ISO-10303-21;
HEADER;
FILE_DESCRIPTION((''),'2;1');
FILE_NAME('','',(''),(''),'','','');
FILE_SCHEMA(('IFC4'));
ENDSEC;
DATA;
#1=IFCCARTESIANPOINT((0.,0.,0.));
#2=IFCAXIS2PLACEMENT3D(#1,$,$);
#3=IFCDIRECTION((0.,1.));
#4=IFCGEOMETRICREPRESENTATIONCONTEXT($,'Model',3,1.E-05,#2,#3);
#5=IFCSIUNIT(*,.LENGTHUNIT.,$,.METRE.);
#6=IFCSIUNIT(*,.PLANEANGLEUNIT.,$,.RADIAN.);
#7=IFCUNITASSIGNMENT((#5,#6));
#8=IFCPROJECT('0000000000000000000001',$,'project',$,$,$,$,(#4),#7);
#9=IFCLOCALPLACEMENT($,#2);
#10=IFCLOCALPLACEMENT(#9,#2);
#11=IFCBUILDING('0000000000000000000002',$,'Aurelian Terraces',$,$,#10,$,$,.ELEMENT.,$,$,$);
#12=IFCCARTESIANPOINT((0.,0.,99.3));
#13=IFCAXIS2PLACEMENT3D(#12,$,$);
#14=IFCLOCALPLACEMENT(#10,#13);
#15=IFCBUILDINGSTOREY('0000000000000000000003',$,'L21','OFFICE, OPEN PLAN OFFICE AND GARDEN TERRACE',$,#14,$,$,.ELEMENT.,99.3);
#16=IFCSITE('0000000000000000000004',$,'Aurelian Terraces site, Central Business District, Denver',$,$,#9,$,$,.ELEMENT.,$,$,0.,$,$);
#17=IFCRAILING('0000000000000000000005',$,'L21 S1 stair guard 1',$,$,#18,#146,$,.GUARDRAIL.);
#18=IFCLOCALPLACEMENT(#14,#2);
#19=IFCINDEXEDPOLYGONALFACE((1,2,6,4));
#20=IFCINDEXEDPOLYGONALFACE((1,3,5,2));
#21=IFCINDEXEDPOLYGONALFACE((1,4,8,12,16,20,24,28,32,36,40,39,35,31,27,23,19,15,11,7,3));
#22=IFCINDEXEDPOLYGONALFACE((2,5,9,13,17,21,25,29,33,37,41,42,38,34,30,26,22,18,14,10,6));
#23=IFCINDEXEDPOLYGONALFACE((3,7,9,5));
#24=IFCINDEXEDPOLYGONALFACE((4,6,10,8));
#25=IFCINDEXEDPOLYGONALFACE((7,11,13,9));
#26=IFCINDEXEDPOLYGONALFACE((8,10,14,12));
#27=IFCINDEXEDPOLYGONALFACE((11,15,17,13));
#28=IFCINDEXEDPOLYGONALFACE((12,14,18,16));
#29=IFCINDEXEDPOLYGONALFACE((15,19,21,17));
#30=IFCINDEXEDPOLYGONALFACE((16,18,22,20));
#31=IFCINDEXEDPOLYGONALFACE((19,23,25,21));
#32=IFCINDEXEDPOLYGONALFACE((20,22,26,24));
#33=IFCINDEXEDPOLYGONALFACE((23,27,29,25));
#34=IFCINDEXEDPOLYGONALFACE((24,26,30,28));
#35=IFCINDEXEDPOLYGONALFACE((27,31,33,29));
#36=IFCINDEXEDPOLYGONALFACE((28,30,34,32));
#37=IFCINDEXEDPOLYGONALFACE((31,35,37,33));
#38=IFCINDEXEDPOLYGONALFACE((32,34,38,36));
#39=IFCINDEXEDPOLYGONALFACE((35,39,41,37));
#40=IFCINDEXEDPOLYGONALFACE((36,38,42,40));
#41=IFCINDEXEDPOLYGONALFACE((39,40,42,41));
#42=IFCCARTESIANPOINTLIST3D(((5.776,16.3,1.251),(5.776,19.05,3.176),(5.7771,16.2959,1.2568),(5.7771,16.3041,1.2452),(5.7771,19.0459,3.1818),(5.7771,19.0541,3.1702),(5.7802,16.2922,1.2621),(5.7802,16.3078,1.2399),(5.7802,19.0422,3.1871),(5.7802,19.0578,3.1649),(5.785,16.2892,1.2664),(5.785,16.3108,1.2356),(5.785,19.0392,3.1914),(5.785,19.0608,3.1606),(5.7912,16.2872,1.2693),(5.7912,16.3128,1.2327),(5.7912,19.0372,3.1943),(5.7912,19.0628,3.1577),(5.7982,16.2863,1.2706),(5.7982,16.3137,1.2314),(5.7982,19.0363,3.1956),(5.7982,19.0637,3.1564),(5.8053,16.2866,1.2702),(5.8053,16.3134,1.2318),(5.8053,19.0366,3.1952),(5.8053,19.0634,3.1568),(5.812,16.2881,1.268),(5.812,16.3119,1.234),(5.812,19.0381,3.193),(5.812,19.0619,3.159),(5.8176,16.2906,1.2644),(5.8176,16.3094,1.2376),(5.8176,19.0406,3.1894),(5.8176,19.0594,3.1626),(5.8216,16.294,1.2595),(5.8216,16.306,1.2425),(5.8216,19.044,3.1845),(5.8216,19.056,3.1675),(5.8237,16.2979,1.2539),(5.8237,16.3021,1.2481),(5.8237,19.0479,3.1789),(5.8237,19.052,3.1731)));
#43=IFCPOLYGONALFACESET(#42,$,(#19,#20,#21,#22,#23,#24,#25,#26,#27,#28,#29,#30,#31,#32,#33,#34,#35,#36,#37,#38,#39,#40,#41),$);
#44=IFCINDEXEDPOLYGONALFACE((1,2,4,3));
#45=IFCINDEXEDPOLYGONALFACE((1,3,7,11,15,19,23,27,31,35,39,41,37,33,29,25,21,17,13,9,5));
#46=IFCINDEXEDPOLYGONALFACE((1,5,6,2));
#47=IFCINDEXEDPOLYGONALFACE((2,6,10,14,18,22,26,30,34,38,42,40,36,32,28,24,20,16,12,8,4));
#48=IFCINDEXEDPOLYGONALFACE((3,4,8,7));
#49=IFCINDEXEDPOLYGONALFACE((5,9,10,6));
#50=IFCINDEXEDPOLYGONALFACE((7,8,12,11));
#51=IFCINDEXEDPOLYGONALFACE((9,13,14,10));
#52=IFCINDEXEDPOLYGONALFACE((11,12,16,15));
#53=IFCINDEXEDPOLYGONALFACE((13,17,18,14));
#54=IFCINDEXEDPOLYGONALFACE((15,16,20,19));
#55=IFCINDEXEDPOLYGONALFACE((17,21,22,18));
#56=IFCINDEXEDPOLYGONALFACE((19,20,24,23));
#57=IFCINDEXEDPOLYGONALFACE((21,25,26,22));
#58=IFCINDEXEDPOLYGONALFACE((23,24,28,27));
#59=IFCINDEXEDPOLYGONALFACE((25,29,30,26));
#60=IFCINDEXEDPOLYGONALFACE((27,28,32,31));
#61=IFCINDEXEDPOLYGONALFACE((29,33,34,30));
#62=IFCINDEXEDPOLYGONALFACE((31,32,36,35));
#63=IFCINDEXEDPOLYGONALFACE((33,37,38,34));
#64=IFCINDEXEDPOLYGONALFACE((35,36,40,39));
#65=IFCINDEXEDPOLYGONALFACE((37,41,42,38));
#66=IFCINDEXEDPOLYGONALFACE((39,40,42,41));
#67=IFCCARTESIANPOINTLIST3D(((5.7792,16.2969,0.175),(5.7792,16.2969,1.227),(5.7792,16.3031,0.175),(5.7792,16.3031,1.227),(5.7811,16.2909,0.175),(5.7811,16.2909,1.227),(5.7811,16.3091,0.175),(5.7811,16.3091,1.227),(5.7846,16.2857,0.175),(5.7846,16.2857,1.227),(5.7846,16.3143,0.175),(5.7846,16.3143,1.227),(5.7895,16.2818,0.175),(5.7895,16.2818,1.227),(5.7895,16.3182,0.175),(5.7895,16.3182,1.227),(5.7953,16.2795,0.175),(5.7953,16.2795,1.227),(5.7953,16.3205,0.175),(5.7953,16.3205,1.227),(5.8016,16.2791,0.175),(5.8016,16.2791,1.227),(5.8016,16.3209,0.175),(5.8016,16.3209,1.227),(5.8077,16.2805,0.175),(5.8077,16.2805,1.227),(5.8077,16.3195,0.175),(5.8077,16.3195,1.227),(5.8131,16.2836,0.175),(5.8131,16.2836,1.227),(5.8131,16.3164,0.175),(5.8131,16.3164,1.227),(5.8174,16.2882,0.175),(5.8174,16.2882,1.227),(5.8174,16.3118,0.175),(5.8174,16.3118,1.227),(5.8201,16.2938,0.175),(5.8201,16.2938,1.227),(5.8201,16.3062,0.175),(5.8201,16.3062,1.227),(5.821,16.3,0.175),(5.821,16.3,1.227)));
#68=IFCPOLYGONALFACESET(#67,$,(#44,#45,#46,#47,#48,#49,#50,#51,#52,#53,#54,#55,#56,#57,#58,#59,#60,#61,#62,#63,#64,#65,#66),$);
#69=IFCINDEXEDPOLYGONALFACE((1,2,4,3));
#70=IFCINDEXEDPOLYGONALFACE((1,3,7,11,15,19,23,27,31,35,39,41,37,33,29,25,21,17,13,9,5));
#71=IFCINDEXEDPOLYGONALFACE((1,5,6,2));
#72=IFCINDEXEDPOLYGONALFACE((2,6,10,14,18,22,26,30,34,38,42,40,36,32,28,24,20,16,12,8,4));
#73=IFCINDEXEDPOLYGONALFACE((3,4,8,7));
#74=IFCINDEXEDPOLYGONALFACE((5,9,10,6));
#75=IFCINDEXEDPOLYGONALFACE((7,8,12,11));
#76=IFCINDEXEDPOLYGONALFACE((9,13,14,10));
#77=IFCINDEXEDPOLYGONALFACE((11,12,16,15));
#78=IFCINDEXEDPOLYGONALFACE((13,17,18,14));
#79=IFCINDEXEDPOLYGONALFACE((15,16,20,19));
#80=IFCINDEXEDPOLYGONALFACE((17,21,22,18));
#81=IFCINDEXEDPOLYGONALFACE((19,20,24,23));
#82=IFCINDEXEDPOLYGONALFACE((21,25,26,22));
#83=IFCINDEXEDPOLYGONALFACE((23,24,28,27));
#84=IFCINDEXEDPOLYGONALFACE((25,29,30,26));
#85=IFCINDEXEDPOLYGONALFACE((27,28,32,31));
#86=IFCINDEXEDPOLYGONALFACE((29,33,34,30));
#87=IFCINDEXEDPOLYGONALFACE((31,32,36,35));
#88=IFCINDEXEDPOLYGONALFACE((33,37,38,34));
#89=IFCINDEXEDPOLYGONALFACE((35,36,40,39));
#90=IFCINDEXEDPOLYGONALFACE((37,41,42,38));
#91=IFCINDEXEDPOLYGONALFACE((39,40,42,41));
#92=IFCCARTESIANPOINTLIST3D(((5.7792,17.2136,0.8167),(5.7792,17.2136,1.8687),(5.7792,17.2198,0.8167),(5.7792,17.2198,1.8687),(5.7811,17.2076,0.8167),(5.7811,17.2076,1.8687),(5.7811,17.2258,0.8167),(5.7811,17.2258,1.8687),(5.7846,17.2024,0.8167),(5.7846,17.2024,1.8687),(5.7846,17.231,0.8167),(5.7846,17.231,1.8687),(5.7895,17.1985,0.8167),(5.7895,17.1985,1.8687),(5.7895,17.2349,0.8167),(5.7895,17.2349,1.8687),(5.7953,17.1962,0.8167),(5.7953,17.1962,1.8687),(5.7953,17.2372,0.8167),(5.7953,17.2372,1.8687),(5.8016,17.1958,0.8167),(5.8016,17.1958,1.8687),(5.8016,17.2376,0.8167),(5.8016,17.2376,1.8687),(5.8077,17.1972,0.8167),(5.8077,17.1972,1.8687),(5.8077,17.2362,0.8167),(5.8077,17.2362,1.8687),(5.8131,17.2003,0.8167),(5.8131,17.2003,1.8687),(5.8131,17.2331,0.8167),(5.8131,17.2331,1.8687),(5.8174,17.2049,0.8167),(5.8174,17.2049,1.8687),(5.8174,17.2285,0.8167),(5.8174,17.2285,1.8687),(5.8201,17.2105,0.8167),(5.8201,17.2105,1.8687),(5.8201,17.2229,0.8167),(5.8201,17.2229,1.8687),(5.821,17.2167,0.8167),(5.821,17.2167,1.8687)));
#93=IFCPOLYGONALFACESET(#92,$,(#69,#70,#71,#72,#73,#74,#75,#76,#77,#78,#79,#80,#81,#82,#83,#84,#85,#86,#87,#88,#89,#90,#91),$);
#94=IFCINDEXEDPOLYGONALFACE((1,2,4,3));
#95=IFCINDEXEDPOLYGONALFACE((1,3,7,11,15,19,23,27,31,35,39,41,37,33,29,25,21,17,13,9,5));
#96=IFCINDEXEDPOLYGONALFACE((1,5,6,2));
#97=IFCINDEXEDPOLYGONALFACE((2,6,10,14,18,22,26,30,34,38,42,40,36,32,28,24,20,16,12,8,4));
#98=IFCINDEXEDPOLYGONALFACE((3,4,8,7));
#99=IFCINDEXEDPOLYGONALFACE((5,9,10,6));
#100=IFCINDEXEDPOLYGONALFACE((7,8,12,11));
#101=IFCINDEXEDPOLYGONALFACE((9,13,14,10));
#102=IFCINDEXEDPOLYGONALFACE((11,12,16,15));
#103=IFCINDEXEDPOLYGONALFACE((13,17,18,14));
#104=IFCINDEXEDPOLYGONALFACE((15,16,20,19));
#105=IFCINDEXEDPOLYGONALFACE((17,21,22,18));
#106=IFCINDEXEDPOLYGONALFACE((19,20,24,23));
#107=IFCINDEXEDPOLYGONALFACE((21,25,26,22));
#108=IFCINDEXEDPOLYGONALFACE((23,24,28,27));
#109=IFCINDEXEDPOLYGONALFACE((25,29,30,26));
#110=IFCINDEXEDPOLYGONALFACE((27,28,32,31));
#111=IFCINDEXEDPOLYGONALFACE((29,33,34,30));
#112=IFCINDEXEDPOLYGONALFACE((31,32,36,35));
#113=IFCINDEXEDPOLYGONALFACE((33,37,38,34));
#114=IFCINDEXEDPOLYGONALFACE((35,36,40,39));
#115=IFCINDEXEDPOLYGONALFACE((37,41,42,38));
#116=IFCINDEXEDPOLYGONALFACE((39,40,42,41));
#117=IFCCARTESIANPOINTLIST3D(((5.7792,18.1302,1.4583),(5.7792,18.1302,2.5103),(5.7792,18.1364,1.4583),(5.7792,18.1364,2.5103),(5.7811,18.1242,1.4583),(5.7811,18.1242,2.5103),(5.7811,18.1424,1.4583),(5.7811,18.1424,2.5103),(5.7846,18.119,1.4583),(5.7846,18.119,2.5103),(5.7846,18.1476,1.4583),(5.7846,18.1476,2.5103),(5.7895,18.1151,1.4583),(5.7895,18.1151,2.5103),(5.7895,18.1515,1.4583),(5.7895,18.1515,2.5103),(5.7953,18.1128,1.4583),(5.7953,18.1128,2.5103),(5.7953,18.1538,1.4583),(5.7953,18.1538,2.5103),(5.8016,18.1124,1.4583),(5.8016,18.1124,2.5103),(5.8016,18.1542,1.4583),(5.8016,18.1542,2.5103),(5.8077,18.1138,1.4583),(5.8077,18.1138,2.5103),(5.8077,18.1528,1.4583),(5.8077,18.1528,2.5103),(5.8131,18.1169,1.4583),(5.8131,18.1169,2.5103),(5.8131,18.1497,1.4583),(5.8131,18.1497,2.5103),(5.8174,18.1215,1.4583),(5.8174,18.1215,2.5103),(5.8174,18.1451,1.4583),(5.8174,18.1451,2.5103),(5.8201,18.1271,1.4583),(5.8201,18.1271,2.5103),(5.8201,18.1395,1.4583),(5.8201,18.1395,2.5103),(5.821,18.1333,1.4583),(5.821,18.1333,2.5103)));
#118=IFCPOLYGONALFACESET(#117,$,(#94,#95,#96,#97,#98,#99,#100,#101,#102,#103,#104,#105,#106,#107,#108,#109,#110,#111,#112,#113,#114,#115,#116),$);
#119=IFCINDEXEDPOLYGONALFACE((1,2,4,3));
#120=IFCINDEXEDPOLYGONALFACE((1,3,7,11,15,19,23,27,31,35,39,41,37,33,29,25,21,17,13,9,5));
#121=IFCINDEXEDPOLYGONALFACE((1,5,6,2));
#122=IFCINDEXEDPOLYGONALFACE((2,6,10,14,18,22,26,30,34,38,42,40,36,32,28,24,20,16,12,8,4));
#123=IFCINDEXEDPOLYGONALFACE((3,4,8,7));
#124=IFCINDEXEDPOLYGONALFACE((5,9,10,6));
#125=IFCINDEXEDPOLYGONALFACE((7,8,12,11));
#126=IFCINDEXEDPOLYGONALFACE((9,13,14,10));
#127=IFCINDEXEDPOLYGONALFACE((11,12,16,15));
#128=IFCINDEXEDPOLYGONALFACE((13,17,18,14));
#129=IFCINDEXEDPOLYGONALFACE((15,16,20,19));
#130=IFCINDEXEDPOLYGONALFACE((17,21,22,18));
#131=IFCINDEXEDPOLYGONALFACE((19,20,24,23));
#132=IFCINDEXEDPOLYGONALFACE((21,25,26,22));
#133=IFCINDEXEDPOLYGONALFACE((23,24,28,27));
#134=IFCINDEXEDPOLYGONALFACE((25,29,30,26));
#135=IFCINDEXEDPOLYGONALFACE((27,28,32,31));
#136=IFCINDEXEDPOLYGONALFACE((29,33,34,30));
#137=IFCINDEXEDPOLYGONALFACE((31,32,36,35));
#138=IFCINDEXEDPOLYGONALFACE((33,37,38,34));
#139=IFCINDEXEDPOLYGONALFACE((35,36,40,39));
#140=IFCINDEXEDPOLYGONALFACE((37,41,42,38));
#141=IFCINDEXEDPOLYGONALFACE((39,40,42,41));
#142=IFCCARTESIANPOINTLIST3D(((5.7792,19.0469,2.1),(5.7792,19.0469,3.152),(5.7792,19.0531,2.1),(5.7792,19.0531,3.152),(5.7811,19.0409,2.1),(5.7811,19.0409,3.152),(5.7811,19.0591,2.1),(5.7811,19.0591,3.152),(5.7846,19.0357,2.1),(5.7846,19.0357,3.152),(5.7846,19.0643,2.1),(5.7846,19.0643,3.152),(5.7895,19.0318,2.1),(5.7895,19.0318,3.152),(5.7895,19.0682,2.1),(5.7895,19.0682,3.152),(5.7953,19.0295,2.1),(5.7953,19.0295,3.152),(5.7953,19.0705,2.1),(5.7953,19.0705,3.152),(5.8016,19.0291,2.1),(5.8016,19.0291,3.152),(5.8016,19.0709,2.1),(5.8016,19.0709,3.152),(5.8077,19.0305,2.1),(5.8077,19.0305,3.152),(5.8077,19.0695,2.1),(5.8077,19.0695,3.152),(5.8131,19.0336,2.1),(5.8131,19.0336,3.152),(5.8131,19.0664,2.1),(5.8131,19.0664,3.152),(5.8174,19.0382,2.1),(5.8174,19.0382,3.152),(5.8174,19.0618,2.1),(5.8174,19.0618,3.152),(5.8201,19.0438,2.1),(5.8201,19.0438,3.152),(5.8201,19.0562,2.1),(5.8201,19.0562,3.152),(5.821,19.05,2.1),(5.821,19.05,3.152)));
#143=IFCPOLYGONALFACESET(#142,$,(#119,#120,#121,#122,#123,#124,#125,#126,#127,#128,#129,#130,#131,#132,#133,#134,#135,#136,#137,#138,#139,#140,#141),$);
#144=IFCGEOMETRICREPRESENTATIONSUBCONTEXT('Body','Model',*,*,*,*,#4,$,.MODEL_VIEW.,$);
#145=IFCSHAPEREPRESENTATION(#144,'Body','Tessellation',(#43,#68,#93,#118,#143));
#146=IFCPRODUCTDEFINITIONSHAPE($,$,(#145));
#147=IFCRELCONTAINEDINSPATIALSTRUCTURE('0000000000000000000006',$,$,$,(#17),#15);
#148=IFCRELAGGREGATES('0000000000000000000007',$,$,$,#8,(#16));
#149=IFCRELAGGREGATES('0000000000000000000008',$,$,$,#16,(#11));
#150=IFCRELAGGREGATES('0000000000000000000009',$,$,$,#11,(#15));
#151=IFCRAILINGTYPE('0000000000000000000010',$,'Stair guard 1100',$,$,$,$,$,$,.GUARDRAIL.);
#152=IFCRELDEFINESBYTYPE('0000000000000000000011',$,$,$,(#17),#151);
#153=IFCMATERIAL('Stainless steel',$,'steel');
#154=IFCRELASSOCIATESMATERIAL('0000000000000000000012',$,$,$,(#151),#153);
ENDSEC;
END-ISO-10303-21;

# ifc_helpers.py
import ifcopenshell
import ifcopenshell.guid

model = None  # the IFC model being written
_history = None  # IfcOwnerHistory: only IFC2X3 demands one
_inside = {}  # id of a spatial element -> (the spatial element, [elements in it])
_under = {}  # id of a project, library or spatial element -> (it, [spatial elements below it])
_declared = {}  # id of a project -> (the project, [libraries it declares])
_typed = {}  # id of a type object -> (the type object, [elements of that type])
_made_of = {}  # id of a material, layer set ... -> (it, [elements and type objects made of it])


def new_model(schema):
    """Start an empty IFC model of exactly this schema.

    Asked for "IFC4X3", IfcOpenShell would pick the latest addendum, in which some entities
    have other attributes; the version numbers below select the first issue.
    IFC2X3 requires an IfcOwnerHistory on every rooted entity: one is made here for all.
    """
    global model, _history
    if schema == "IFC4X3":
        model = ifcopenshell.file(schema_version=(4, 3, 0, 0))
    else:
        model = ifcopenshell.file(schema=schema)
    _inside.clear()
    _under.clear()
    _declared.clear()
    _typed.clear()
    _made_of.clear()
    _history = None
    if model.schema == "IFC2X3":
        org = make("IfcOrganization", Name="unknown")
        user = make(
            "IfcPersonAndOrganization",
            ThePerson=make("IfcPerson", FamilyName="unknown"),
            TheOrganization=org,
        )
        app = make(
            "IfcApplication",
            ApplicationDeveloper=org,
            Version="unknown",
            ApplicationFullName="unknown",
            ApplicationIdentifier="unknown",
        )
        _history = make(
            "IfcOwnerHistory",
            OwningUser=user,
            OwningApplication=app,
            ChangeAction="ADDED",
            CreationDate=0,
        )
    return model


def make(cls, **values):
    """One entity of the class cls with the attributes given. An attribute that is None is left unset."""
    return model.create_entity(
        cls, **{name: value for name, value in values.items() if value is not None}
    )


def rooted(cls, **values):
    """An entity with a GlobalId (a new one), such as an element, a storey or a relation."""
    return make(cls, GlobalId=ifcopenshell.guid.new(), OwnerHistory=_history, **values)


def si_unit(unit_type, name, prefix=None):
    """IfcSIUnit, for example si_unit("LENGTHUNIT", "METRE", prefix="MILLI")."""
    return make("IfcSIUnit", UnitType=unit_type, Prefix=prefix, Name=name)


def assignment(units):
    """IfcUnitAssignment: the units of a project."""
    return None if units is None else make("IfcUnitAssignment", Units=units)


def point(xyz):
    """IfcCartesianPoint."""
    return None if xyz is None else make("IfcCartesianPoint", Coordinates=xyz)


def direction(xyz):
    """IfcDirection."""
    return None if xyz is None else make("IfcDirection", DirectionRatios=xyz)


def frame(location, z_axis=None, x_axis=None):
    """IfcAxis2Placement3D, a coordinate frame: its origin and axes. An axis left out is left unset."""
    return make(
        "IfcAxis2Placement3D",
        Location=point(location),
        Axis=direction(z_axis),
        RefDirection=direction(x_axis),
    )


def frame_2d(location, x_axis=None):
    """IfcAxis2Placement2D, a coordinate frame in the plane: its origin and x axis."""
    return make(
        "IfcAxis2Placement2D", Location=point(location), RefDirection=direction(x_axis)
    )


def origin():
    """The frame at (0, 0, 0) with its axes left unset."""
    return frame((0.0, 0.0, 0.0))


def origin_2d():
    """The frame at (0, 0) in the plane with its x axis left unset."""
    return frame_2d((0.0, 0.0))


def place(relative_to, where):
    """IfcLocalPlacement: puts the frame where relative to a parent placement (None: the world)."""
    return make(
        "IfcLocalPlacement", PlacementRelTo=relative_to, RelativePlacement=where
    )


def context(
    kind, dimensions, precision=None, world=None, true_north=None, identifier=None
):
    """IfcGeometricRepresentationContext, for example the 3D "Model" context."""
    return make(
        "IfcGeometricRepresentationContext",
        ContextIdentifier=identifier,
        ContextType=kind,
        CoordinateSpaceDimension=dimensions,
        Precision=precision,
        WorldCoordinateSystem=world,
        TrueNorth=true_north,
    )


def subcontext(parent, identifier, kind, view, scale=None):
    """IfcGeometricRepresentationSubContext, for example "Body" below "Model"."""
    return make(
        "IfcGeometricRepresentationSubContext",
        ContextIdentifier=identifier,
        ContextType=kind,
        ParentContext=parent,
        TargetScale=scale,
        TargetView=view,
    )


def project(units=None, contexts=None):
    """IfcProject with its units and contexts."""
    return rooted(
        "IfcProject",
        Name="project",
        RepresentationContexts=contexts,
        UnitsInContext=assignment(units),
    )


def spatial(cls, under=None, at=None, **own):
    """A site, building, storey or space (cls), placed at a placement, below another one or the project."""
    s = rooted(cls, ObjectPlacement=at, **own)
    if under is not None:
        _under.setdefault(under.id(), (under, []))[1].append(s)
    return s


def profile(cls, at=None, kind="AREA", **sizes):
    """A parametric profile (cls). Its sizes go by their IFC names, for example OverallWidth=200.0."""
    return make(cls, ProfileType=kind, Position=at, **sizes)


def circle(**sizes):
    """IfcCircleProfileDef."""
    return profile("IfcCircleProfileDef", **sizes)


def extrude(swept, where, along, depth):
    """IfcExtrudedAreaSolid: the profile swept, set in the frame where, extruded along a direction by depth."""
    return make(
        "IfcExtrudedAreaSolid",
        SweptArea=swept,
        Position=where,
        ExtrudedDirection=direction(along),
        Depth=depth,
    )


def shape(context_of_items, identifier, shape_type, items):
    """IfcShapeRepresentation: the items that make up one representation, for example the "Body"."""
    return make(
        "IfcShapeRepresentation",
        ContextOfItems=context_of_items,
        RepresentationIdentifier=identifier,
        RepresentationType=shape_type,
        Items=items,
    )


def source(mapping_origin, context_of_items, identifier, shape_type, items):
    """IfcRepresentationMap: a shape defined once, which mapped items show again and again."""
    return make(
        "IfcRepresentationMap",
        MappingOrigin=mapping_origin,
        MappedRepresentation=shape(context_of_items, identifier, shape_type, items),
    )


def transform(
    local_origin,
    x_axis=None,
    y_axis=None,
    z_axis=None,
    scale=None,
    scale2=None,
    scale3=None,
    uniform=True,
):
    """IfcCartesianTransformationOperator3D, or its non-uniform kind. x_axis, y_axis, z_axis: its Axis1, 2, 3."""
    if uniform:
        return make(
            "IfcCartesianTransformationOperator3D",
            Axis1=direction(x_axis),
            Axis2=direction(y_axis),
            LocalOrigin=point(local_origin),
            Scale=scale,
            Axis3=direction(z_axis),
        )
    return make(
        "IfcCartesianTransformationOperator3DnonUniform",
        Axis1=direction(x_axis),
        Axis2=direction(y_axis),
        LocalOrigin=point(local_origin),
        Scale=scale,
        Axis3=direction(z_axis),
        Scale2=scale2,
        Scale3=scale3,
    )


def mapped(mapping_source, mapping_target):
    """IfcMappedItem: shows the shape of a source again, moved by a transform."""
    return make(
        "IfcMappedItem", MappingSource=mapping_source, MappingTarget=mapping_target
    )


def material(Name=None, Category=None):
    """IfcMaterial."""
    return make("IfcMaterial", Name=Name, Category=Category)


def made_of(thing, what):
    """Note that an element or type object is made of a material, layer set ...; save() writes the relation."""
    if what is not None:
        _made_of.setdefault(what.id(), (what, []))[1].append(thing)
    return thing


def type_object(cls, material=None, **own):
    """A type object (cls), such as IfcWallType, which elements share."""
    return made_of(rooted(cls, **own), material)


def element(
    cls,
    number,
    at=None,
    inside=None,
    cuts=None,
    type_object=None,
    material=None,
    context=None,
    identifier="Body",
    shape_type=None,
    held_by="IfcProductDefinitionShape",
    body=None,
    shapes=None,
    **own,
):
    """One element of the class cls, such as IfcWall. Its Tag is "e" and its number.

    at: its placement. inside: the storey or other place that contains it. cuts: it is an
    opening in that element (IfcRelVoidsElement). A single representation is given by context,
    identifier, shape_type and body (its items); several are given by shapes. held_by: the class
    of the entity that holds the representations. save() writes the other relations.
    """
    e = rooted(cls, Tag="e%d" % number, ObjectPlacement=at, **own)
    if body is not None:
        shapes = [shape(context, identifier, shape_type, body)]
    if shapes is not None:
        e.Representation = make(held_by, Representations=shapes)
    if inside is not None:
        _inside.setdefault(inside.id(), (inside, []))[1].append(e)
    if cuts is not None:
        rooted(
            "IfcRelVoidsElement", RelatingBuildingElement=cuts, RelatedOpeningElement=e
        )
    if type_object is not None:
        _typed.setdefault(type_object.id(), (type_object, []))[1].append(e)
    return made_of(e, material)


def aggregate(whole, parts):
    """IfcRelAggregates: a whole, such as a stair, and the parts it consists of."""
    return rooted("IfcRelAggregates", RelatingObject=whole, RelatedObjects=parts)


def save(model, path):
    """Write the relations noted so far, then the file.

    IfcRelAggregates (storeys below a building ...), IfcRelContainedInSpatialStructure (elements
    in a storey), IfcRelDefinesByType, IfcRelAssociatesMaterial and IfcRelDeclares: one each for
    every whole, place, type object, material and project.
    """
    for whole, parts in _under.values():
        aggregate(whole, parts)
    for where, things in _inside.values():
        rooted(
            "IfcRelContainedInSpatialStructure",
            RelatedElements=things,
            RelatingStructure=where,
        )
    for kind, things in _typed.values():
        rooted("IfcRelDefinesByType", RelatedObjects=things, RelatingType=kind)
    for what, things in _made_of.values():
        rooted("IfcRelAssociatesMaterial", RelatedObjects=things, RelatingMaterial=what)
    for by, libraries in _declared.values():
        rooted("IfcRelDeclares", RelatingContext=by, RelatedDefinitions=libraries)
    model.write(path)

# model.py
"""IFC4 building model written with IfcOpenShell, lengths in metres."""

from ifc_helpers import new_model, si_unit, direction, frame, origin, origin_2d, place, context, subcontext, project, spatial, circle, extrude, source, transform, mapped, material, type_object, element, save


model = new_model("IFC4")

# Units and contexts
model_context = context("Model", 3, precision=1e-05, world=origin(), true_north=direction((0.0, 1.0)))
body_context = subcontext(model_context, "Body", "Model", "MODEL_VIEW")
ifc_project = project(units=[si_unit("LENGTHUNIT", "METRE"), si_unit("PLANEANGLEUNIT", "RADIAN")], contexts=[model_context])

# Site, building, storey
site_placement = place(None, origin())
site = spatial("IfcSite", under=ifc_project, at=site_placement, Name="Aurelian Terraces site, Central Business District, Denver", CompositionType="ELEMENT", RefElevation=0.0)
building_placement = place(site_placement, origin())
building = spatial("IfcBuilding", under=site, at=building_placement, Name="Aurelian Terraces", CompositionType="ELEMENT")
storey_placement = place(building_placement, frame((0.0, 0.0, 99.3)))
storey = spatial("IfcBuildingStorey", under=building, at=storey_placement, Name="L21", Description="OFFICE, OPEN PLAN OFFICE AND GARDEN TERRACE", CompositionType="ELEMENT", Elevation=99.3)

# Shared definitions
ifc_material_1 = material(Name="Stainless steel", Category="steel")

# Railing
railing_type_1 = type_object("IfcRailingType", Name="Stair guard 1100", PredefinedType="GUARDRAIL", material=ifc_material_1)
shared_shape_1 = source(origin(), body_context, "Body", "SweptSolid", [
    extrude(circle(Radius=0.024, at=origin_2d()), frame((0.0, 0.0, 1.076), z_axis=(0.0, 0.819232, 0.573462), x_axis=(-1.0, 0.0, 0.0)), (0.0, 0.0, 1.0), 3.3568),
    extrude(circle(Radius=0.021, at=origin_2d()), origin(), (0.0, 0.0, 1.0), 1.052),
    extrude(circle(Radius=0.021, at=origin_2d()), frame((0.0, 0.9167, 0.6417)), (0.0, 0.0, 1.0), 1.052),
    extrude(circle(Radius=0.021, at=origin_2d()), frame((0.0, 1.8333, 1.2833)), (0.0, 0.0, 1.0), 1.052),
    extrude(circle(Radius=0.021, at=origin_2d()), frame((0.0, 2.75, 1.925)), (0.0, 0.0, 1.0), 1.052),
])
railing_1_placement = place(storey_placement, frame((5.8, 16.3, 0.175)))
element("IfcRailing", 1, at=railing_1_placement, inside=storey, type_object=railing_type_1, Name="L21 S1 stair guard 1", PredefinedType="GUARDRAIL", context=body_context, shape_type="MappedRepresentation", body=[
    mapped(shared_shape_1, transform((0.0, 0.0, 0.0), scale=1.0)),
])

save(model, "model.ifc")
